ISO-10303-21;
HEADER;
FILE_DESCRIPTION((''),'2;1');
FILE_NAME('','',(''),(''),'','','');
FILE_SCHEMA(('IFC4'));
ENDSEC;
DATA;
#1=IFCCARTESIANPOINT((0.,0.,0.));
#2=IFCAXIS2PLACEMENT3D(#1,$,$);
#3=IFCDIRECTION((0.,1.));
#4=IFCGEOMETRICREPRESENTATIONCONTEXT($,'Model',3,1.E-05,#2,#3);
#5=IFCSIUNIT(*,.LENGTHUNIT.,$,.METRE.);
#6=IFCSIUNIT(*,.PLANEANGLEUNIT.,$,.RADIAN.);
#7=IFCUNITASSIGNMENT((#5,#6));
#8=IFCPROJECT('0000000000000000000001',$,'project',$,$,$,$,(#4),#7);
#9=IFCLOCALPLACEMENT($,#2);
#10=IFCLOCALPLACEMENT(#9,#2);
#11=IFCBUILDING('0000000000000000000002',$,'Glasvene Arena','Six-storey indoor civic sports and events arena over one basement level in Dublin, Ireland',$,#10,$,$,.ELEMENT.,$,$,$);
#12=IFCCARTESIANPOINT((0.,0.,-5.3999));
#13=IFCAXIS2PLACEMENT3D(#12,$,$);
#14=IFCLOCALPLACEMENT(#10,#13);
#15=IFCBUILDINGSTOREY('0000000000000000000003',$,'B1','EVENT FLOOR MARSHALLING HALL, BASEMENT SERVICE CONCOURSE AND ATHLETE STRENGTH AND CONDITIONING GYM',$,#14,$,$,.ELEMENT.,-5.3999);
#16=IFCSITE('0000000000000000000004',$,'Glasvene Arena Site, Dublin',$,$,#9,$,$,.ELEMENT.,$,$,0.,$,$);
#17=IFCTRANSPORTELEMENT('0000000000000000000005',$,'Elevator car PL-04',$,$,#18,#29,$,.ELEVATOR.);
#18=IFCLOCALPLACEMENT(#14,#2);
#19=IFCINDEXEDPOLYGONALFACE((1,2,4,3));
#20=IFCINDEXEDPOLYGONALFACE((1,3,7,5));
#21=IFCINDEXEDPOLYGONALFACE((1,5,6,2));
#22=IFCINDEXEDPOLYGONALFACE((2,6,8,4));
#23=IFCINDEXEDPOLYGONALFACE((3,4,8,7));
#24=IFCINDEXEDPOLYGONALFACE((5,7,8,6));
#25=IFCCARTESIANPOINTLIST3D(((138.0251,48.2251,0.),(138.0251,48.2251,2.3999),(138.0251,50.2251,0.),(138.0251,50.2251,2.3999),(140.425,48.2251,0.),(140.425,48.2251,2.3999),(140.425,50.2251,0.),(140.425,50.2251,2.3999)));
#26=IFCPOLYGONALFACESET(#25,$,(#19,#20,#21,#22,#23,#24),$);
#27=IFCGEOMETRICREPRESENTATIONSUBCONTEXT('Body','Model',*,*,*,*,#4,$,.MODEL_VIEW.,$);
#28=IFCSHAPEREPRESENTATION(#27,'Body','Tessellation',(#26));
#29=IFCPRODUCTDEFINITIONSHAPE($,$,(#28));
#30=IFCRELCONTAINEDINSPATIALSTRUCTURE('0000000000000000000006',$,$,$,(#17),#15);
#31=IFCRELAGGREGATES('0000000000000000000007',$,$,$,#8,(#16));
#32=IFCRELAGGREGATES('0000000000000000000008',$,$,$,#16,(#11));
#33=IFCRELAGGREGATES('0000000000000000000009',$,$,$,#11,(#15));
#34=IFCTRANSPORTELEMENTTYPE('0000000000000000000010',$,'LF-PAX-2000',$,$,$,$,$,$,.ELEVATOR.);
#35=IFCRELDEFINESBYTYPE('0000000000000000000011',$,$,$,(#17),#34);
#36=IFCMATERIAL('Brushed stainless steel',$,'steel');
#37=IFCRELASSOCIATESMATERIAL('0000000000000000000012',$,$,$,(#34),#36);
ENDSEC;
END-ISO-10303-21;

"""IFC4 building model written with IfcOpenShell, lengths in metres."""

from ifc_helpers import new_model, si_unit, direction, frame, origin, origin_2d, place, context, subcontext, project, spatial, rectangle, extrude, material, type_object, element, save


model = new_model("IFC4")

# Units and contexts
model_context = context("Model", 3, precision=1e-05, world=origin(), true_north=direction((0.0, 1.0)))
body_context = subcontext(model_context, "Body", "Model", "MODEL_VIEW")
ifc_project = project(units=[si_unit("LENGTHUNIT", "METRE"), si_unit("PLANEANGLEUNIT", "RADIAN")], contexts=[model_context])

# Site, building, storey
site_placement = place(None, origin())
site = spatial("IfcSite", under=ifc_project, at=site_placement, Name="Glasvene Arena Site, Dublin", CompositionType="ELEMENT", RefElevation=0.0)
building_placement = place(site_placement, origin())
building = spatial("IfcBuilding", under=site, at=building_placement, Name="Glasvene Arena", Description="Six-storey indoor civic sports and events arena over one basement level in Dublin, Ireland", CompositionType="ELEMENT")
storey_placement = place(building_placement, frame((0.0, 0.0, -5.3999)))
storey = spatial("IfcBuildingStorey", under=building, at=storey_placement, Name="B1", Description="EVENT FLOOR MARSHALLING HALL, BASEMENT SERVICE CONCOURSE AND ATHLETE STRENGTH AND CONDITIONING GYM", CompositionType="ELEMENT", Elevation=-5.3999)

# Shared definitions
ifc_material_1 = material(Name="Brushed stainless steel", Category="steel")

# Transport element
transport_element_type_1 = type_object("IfcTransportElementType", Name="LF-PAX-2000", PredefinedType="ELEVATOR", material=ifc_material_1)
transport_element_1_placement = place(storey_placement, frame((139.2251, 49.2251, 0.0), z_axis=(0.0, 0.0, 1.0), x_axis=(1.0, 0.0, 0.0)))
element("IfcTransportElement", 1, at=transport_element_1_placement, inside=storey, type_object=transport_element_type_1, Name="Elevator car PL-04", PredefinedType="ELEVATOR", context=body_context, shape_type="SweptSolid", body=[
    extrude(rectangle(XDim=2.3999, YDim=2.0, at=origin_2d()), origin(), (0.0, 0.0, 1.0), 2.3999),
])

save(model, "model.ifc")
